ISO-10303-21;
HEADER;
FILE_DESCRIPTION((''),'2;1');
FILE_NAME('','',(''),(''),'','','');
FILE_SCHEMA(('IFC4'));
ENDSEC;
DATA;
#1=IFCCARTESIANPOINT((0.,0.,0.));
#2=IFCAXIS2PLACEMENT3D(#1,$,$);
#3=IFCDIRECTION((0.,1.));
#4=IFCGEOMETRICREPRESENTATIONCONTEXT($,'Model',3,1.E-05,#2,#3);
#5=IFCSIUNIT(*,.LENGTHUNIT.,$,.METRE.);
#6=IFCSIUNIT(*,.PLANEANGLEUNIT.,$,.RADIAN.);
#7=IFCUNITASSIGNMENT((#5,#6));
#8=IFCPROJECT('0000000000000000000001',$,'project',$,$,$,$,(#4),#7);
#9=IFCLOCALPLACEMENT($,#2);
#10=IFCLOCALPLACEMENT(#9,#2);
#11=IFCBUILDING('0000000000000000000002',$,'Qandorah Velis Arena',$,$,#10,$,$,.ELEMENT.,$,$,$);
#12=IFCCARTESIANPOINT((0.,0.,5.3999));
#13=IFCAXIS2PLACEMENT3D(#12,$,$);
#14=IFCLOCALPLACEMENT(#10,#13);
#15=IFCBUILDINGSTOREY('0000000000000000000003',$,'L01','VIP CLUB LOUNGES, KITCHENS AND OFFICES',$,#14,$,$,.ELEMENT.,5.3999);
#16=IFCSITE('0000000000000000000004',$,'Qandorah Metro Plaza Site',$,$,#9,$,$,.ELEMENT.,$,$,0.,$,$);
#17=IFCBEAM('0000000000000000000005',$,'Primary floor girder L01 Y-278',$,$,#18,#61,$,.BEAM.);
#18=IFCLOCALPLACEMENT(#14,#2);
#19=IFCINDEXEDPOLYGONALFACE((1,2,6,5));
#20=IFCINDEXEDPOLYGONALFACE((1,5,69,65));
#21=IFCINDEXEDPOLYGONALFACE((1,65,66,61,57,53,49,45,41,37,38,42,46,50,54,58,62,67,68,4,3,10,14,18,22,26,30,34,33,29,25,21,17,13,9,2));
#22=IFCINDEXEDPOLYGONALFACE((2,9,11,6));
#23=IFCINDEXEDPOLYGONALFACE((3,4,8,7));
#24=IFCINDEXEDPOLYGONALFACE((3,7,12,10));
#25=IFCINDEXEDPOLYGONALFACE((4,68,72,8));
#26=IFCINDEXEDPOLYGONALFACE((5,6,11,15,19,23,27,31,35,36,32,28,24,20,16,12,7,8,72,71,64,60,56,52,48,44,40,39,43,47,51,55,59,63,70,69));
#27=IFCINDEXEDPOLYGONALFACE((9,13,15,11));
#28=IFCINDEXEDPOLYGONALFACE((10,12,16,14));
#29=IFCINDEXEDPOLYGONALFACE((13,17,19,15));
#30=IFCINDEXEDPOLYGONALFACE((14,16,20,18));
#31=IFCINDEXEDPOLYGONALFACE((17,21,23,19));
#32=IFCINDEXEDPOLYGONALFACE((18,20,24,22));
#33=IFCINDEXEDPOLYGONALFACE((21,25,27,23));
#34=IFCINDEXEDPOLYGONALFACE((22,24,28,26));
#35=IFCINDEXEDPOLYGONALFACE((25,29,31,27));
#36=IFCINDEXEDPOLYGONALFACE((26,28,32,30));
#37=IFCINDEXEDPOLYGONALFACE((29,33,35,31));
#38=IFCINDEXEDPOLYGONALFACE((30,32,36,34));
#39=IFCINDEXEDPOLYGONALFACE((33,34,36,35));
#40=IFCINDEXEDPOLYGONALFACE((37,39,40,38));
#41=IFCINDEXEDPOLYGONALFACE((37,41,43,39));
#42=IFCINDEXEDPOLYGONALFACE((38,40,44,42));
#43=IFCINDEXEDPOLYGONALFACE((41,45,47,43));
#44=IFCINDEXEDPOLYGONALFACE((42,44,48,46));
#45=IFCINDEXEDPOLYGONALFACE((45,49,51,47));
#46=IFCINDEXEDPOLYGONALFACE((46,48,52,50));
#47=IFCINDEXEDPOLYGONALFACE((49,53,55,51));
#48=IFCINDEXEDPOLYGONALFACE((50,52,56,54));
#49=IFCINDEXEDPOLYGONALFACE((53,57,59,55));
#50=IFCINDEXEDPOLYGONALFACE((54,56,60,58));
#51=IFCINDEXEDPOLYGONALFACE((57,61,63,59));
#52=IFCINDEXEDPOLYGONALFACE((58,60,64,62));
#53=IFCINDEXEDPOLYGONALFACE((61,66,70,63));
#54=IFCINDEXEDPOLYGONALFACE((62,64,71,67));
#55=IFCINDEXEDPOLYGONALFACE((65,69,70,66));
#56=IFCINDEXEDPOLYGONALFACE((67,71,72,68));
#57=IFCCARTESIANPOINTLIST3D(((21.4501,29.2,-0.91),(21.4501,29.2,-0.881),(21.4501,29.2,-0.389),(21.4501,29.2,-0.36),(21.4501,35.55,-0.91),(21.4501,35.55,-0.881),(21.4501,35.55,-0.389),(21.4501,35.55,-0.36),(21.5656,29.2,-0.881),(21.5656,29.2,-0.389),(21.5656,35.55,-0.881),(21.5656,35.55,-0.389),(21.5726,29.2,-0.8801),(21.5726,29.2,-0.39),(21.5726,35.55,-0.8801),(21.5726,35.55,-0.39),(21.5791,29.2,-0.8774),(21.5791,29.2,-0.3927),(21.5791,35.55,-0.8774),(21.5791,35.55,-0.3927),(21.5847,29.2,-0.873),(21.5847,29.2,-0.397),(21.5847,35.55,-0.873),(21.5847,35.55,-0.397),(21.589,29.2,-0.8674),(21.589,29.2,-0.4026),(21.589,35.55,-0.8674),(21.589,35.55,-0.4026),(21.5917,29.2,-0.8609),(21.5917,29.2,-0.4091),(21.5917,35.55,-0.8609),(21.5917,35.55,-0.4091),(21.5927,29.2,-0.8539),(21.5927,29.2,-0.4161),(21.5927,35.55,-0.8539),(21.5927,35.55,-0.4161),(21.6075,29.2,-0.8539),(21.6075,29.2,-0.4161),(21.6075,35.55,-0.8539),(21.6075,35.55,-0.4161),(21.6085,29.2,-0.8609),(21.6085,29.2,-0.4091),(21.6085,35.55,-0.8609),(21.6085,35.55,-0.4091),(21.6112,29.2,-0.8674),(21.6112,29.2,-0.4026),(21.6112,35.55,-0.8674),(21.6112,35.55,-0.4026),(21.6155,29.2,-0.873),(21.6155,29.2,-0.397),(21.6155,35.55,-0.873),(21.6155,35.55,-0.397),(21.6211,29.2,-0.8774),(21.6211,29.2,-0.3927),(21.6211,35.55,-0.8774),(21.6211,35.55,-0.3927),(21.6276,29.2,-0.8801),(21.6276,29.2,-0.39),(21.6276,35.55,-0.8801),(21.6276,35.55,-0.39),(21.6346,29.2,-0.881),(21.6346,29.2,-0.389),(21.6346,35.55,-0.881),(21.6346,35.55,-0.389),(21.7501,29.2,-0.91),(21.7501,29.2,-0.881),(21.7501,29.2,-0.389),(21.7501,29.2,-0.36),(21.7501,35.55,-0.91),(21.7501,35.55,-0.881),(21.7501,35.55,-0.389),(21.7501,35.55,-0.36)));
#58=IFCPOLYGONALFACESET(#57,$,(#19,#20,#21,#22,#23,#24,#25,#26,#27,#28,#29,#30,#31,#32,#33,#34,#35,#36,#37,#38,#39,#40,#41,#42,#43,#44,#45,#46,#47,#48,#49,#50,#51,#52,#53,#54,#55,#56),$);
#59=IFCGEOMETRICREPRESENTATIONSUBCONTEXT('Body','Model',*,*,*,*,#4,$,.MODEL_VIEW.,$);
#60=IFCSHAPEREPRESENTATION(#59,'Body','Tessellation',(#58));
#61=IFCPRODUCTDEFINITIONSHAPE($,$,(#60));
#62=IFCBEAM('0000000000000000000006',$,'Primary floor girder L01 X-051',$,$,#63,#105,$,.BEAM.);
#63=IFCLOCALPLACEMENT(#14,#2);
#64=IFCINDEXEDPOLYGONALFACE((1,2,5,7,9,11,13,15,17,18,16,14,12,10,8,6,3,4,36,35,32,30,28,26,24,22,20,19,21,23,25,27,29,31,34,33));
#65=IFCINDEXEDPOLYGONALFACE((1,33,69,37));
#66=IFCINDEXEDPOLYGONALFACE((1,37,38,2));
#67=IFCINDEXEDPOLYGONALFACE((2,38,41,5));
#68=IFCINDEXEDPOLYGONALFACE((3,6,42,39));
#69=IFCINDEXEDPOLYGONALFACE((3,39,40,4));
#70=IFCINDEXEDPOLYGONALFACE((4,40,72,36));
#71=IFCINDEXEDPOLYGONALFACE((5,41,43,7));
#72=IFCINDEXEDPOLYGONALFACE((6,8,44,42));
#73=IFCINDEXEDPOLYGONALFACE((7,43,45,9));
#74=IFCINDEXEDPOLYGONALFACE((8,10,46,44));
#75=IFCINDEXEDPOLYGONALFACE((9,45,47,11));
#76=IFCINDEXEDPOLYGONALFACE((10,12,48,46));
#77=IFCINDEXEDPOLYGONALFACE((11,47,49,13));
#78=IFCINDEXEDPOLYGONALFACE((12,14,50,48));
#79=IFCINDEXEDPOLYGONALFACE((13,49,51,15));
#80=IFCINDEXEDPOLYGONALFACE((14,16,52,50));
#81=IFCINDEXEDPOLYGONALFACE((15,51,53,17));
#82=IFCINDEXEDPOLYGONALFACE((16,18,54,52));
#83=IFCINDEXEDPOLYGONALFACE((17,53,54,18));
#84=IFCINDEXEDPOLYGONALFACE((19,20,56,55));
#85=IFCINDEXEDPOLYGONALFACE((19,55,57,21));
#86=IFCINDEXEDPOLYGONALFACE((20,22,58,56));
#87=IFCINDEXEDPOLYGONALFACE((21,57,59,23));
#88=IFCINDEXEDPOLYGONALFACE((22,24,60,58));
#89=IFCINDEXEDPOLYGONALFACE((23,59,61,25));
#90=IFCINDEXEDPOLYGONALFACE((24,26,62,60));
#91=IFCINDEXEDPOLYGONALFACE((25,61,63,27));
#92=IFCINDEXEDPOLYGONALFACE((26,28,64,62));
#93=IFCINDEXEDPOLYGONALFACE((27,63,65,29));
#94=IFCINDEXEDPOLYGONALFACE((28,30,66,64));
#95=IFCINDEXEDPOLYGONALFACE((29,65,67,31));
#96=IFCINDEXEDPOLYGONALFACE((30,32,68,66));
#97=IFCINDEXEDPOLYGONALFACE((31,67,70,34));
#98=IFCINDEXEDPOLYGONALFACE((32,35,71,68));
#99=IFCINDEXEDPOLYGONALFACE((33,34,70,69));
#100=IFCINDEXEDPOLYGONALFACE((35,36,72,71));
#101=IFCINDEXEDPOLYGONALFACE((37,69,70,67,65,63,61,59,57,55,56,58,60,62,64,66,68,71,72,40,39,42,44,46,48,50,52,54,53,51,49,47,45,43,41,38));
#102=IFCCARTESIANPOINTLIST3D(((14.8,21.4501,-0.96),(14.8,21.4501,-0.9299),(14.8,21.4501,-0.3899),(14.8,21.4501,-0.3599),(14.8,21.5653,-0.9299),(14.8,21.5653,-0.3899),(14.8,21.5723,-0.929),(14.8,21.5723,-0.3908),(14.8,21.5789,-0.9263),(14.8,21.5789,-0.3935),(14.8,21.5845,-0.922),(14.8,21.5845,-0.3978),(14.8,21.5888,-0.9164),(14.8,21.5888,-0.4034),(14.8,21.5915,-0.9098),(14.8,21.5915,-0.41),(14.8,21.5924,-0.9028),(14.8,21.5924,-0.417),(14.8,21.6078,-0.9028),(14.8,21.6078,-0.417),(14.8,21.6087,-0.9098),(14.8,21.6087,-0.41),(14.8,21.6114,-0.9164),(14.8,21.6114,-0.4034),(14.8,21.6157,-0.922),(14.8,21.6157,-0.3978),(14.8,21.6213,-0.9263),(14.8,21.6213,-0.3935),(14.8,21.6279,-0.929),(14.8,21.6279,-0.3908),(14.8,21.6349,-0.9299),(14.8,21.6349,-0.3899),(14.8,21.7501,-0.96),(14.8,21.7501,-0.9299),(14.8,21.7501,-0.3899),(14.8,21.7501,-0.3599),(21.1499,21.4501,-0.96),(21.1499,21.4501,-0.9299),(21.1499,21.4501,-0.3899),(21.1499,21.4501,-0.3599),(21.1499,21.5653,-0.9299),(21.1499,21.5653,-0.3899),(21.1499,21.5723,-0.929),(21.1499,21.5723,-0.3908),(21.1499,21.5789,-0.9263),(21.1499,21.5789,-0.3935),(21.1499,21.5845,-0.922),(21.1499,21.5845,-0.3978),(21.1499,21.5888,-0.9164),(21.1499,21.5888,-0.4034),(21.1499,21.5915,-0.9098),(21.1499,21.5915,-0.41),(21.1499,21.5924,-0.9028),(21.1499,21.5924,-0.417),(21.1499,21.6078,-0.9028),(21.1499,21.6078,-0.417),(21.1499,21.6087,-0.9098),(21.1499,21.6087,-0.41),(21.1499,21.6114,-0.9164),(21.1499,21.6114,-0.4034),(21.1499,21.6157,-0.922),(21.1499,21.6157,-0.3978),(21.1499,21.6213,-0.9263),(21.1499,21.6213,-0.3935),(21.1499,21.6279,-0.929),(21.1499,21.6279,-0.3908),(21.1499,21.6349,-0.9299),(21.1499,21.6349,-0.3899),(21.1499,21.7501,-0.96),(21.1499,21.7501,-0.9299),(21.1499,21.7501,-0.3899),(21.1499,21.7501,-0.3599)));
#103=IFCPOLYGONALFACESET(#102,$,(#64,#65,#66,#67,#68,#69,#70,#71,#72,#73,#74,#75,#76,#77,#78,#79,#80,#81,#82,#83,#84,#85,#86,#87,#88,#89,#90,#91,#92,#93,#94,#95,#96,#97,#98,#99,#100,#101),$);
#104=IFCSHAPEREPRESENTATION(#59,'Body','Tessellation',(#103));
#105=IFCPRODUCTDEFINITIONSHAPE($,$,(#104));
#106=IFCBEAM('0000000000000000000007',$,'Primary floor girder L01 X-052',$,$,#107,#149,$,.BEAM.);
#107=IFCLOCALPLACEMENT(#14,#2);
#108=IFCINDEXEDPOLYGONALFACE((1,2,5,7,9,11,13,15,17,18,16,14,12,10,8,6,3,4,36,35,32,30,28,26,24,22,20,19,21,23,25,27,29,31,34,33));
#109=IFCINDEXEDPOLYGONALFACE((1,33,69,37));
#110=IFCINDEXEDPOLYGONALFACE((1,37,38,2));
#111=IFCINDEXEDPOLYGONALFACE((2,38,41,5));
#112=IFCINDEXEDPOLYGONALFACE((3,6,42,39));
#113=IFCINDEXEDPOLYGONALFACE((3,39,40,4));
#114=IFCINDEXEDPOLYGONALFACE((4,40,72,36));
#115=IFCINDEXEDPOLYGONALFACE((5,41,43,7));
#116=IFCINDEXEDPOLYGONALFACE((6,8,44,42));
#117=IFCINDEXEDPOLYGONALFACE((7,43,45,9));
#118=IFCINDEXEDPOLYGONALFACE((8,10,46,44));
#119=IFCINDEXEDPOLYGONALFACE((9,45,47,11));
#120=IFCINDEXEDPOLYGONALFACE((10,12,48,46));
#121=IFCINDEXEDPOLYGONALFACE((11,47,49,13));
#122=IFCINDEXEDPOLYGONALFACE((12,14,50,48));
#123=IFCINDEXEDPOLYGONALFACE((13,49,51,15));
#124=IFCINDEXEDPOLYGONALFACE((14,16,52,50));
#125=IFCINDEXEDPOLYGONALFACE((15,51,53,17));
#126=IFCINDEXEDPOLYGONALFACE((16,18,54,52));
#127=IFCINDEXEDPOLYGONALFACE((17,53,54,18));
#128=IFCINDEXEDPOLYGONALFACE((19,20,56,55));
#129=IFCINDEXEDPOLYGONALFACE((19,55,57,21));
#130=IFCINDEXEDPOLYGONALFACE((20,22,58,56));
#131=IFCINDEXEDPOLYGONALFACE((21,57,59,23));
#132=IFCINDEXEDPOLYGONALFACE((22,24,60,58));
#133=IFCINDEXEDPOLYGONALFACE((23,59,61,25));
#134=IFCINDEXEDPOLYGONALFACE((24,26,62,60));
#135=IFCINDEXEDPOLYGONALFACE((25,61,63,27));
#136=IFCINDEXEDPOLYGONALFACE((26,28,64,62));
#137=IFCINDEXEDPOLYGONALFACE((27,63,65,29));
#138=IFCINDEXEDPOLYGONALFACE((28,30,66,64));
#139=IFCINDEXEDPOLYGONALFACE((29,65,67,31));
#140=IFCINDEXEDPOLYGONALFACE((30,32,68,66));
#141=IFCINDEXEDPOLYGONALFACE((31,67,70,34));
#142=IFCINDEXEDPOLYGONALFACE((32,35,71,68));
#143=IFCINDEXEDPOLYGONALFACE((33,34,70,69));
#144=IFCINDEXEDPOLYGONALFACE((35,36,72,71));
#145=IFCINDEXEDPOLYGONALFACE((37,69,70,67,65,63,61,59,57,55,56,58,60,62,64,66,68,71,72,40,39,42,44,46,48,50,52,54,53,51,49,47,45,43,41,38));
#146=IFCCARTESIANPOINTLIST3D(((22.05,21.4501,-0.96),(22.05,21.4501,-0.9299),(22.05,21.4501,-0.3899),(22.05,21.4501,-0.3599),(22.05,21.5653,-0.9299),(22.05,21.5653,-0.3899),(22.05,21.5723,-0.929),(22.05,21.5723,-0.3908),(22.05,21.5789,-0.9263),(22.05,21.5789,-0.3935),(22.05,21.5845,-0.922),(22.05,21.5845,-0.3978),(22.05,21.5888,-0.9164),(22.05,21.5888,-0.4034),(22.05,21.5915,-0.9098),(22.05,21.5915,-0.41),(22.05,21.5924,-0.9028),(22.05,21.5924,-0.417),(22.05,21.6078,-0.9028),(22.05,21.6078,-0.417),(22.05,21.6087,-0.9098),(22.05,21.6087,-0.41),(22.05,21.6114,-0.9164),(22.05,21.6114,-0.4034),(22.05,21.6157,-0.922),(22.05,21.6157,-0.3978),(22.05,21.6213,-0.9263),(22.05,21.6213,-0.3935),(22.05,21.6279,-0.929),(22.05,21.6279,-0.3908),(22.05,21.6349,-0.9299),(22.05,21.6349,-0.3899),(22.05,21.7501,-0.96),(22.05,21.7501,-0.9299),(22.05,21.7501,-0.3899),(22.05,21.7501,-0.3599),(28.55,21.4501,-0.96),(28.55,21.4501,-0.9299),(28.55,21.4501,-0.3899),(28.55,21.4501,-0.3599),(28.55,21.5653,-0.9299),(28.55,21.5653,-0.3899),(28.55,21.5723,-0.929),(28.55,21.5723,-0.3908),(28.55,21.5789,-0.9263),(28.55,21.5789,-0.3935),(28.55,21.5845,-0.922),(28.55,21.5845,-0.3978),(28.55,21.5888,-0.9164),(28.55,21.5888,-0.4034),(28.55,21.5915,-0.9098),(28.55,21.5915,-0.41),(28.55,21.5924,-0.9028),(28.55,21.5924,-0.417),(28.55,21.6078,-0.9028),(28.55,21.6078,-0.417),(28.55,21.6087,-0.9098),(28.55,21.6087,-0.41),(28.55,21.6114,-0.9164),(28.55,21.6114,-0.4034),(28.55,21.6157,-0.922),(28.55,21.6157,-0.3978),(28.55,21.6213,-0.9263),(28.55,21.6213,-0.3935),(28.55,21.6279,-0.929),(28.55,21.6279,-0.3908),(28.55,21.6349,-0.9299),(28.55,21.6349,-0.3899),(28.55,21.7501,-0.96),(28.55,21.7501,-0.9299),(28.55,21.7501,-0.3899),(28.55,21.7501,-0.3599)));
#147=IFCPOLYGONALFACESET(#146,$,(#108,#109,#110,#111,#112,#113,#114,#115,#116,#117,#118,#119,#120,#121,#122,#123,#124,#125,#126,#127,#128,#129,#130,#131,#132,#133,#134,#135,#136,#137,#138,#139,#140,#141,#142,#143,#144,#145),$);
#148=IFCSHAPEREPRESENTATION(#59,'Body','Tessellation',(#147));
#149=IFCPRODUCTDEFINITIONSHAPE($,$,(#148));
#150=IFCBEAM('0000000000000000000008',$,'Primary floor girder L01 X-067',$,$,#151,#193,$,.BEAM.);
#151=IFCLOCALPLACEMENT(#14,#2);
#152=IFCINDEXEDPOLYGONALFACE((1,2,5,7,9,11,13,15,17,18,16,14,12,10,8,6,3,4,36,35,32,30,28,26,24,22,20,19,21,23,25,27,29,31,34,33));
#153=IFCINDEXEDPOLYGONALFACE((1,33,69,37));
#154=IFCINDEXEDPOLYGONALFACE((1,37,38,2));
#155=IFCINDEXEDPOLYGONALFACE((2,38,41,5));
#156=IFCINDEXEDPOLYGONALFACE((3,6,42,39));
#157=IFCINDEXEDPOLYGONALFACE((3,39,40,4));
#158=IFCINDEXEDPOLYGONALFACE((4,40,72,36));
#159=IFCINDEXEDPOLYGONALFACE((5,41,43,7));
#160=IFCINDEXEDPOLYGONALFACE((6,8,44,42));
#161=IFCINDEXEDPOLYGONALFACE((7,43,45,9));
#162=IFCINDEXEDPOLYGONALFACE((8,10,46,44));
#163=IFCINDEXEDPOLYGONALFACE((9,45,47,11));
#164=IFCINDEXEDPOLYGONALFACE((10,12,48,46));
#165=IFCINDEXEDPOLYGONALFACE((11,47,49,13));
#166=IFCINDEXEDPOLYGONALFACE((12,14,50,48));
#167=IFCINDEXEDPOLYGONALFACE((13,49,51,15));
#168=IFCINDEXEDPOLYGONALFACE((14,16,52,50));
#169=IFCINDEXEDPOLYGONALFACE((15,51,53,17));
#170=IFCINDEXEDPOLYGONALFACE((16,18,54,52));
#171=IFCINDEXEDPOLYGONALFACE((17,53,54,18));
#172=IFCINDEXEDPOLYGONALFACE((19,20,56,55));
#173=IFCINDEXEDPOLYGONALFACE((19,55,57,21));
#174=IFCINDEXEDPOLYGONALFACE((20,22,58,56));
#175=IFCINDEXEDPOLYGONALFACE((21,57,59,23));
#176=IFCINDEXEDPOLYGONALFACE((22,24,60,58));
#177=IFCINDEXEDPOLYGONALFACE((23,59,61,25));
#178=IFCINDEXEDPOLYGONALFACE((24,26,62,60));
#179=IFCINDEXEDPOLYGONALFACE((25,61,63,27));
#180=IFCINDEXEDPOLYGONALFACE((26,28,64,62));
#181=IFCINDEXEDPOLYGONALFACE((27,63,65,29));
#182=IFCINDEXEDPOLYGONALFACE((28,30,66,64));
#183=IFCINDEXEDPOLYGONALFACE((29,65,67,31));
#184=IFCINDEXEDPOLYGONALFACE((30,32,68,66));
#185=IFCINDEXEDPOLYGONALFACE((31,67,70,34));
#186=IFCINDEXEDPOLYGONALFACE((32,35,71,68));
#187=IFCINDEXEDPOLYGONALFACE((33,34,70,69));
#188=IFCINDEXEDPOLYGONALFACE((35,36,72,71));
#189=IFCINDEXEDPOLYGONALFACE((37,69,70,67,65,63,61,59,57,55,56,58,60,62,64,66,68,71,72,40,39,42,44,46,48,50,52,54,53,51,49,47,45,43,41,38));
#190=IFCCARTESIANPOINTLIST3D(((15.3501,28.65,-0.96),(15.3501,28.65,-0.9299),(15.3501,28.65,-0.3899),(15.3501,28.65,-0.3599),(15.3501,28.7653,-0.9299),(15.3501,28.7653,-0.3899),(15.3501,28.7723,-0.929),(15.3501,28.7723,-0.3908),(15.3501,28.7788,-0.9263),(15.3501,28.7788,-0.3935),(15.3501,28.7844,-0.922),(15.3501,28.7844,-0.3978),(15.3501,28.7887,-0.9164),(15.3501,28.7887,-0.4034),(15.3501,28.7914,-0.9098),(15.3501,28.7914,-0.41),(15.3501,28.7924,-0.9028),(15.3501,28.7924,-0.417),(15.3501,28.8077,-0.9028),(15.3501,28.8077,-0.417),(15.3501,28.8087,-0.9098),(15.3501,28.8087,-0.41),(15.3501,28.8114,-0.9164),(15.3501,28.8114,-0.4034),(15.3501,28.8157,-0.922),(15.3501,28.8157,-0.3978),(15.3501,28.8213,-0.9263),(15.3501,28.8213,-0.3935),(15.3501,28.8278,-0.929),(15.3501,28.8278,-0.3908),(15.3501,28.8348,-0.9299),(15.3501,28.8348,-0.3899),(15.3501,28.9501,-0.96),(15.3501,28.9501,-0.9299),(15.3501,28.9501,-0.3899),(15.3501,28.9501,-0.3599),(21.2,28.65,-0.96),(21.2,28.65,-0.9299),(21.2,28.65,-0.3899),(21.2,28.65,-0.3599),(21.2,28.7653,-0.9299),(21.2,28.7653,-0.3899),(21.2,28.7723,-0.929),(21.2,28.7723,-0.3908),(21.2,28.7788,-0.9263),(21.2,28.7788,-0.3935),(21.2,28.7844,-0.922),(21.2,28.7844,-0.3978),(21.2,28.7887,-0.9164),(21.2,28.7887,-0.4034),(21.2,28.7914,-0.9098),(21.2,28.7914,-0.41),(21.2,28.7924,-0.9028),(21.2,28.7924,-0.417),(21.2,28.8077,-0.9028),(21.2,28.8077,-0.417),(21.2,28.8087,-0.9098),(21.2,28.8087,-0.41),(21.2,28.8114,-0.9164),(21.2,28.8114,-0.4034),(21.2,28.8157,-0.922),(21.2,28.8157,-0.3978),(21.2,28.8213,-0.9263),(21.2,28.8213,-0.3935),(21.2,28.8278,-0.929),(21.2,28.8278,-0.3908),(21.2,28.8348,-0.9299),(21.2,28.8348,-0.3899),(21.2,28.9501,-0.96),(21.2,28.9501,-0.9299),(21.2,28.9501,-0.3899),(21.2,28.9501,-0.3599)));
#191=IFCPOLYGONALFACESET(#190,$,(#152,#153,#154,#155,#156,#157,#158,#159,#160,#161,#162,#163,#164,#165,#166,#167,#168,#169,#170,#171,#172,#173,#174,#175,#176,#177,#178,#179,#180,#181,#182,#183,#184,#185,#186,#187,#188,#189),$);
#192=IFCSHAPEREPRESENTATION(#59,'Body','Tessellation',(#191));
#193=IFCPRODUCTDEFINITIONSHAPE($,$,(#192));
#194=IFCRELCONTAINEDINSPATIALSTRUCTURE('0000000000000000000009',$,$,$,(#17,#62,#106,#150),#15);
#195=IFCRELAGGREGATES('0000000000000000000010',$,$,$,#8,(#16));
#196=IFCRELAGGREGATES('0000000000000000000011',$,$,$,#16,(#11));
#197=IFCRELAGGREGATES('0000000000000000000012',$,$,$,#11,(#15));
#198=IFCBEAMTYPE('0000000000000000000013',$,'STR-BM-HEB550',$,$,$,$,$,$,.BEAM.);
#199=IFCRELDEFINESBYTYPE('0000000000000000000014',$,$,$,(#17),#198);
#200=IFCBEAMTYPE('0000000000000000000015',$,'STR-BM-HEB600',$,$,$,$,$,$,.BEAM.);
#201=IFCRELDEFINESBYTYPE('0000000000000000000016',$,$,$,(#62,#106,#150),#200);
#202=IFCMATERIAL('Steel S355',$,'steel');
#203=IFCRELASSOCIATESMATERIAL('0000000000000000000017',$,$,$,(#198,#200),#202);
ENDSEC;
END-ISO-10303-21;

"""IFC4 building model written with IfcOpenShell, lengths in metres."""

from ifc_helpers import new_model, si_unit, direction, frame, origin, origin_2d, place, context, subcontext, project, spatial, i_section, extrude, material, material_profile, profile_set, type_object, element, save


model = new_model("IFC4")

# Units and contexts
model_context = context("Model", 3, precision=1e-05, world=origin(), true_north=direction((0.0, 1.0)))
body_context = subcontext(model_context, "Body", "Model", "MODEL_VIEW")
ifc_project = project(units=[si_unit("LENGTHUNIT", "METRE"), si_unit("PLANEANGLEUNIT", "RADIAN")], contexts=[model_context])

# Site, building, storey
site_placement = place(None, origin())
site = spatial("IfcSite", under=ifc_project, at=site_placement, Name="Qandorah Metro Plaza Site", CompositionType="ELEMENT", RefElevation=0.0)
building_placement = place(site_placement, origin())
building = spatial("IfcBuilding", under=site, at=building_placement, Name="Qandorah Velis Arena", CompositionType="ELEMENT")
storey_placement = place(building_placement, frame((0.0, 0.0, 5.3999)))
storey = spatial("IfcBuildingStorey", under=building, at=storey_placement, Name="L01", Description="VIP CLUB LOUNGES, KITCHENS AND OFFICES", CompositionType="ELEMENT", Elevation=5.3999)

# Beams
ifc_material_1 = material(Name="Steel S355", Category="steel")
ifc_material_profile_1 = material_profile(ifc_material_1, i_section(OverallWidth=0.3, OverallDepth=0.55, WebThickness=0.0149, FlangeThickness=0.0291, FilletRadius=0.0271, at=origin_2d()), Name="HEB 550")
ifc_profile_set_1 = profile_set([ifc_material_profile_1], Name="Steel S355")
beam_type_1 = type_object("IfcBeamType", Name="STR-BM-HEB550", PredefinedType="BEAM", material=ifc_profile_set_1)
beam_1_placement = place(storey_placement, frame((21.6001, 29.2, -0.635), z_axis=(0.0, 1.0, 0.0), x_axis=(-1.0, 0.0, 0.0)))
element("IfcBeam", 1, at=beam_1_placement, inside=storey, type_object=beam_type_1, Name="Primary floor girder L01 Y-278", PredefinedType="BEAM", context=body_context, shape_type="SweptSolid", body=[
    extrude(i_section(OverallWidth=0.3, OverallDepth=0.55, WebThickness=0.0149, FlangeThickness=0.0291, FilletRadius=0.0271, at=origin_2d()), origin(), (0.0, 0.0, 1.0), 6.3501),
])
ifc_material_profile_2 = material_profile(ifc_material_1, i_section(OverallWidth=0.3, OverallDepth=0.6001, WebThickness=0.0154, FlangeThickness=0.03, FilletRadius=0.0271, at=origin_2d()), Name="HEB 600")
ifc_profile_set_2 = profile_set([ifc_material_profile_2], Name="Steel S355")
beam_type_2 = type_object("IfcBeamType", Name="STR-BM-HEB600", PredefinedType="BEAM", material=ifc_profile_set_2)
beam_2_placement = place(storey_placement, frame((14.8, 21.6001, -0.6599), z_axis=(1.0, 0.0, 0.0), x_axis=(0.0, 1.0, 0.0)))
element("IfcBeam", 2, at=beam_2_placement, inside=storey, type_object=beam_type_2, Name="Primary floor girder L01 X-051", PredefinedType="BEAM", context=body_context, shape_type="SweptSolid", body=[
    extrude(i_section(OverallWidth=0.3, OverallDepth=0.6001, WebThickness=0.0154, FlangeThickness=0.03, FilletRadius=0.0271, at=origin_2d()), origin(), (0.0, 0.0, 1.0), 6.3499),
])
beam_3_placement = place(storey_placement, frame((22.05, 21.6001, -0.6599), z_axis=(1.0, 0.0, 0.0), x_axis=(0.0, 1.0, 0.0)))
element("IfcBeam", 3, at=beam_3_placement, inside=storey, type_object=beam_type_2, Name="Primary floor girder L01 X-052", PredefinedType="BEAM", context=body_context, shape_type="SweptSolid", body=[
    extrude(i_section(OverallWidth=0.3, OverallDepth=0.6001, WebThickness=0.0154, FlangeThickness=0.03, FilletRadius=0.0271, at=origin_2d()), origin(), (0.0, 0.0, 1.0), 6.5),
])
beam_4_placement = place(storey_placement, frame((15.3501, 28.8, -0.6599), z_axis=(1.0, 0.0, 0.0), x_axis=(0.0, 1.0, 0.0)))
element("IfcBeam", 4, at=beam_4_placement, inside=storey, type_object=beam_type_2, Name="Primary floor girder L01 X-067", PredefinedType="BEAM", context=body_context, shape_type="SweptSolid", body=[
    extrude(i_section(OverallWidth=0.3, OverallDepth=0.6001, WebThickness=0.0154, FlangeThickness=0.03, FilletRadius=0.0271, at=origin_2d()), origin(), (0.0, 0.0, 1.0), 5.8499),
])

save(model, "model.ifc")
